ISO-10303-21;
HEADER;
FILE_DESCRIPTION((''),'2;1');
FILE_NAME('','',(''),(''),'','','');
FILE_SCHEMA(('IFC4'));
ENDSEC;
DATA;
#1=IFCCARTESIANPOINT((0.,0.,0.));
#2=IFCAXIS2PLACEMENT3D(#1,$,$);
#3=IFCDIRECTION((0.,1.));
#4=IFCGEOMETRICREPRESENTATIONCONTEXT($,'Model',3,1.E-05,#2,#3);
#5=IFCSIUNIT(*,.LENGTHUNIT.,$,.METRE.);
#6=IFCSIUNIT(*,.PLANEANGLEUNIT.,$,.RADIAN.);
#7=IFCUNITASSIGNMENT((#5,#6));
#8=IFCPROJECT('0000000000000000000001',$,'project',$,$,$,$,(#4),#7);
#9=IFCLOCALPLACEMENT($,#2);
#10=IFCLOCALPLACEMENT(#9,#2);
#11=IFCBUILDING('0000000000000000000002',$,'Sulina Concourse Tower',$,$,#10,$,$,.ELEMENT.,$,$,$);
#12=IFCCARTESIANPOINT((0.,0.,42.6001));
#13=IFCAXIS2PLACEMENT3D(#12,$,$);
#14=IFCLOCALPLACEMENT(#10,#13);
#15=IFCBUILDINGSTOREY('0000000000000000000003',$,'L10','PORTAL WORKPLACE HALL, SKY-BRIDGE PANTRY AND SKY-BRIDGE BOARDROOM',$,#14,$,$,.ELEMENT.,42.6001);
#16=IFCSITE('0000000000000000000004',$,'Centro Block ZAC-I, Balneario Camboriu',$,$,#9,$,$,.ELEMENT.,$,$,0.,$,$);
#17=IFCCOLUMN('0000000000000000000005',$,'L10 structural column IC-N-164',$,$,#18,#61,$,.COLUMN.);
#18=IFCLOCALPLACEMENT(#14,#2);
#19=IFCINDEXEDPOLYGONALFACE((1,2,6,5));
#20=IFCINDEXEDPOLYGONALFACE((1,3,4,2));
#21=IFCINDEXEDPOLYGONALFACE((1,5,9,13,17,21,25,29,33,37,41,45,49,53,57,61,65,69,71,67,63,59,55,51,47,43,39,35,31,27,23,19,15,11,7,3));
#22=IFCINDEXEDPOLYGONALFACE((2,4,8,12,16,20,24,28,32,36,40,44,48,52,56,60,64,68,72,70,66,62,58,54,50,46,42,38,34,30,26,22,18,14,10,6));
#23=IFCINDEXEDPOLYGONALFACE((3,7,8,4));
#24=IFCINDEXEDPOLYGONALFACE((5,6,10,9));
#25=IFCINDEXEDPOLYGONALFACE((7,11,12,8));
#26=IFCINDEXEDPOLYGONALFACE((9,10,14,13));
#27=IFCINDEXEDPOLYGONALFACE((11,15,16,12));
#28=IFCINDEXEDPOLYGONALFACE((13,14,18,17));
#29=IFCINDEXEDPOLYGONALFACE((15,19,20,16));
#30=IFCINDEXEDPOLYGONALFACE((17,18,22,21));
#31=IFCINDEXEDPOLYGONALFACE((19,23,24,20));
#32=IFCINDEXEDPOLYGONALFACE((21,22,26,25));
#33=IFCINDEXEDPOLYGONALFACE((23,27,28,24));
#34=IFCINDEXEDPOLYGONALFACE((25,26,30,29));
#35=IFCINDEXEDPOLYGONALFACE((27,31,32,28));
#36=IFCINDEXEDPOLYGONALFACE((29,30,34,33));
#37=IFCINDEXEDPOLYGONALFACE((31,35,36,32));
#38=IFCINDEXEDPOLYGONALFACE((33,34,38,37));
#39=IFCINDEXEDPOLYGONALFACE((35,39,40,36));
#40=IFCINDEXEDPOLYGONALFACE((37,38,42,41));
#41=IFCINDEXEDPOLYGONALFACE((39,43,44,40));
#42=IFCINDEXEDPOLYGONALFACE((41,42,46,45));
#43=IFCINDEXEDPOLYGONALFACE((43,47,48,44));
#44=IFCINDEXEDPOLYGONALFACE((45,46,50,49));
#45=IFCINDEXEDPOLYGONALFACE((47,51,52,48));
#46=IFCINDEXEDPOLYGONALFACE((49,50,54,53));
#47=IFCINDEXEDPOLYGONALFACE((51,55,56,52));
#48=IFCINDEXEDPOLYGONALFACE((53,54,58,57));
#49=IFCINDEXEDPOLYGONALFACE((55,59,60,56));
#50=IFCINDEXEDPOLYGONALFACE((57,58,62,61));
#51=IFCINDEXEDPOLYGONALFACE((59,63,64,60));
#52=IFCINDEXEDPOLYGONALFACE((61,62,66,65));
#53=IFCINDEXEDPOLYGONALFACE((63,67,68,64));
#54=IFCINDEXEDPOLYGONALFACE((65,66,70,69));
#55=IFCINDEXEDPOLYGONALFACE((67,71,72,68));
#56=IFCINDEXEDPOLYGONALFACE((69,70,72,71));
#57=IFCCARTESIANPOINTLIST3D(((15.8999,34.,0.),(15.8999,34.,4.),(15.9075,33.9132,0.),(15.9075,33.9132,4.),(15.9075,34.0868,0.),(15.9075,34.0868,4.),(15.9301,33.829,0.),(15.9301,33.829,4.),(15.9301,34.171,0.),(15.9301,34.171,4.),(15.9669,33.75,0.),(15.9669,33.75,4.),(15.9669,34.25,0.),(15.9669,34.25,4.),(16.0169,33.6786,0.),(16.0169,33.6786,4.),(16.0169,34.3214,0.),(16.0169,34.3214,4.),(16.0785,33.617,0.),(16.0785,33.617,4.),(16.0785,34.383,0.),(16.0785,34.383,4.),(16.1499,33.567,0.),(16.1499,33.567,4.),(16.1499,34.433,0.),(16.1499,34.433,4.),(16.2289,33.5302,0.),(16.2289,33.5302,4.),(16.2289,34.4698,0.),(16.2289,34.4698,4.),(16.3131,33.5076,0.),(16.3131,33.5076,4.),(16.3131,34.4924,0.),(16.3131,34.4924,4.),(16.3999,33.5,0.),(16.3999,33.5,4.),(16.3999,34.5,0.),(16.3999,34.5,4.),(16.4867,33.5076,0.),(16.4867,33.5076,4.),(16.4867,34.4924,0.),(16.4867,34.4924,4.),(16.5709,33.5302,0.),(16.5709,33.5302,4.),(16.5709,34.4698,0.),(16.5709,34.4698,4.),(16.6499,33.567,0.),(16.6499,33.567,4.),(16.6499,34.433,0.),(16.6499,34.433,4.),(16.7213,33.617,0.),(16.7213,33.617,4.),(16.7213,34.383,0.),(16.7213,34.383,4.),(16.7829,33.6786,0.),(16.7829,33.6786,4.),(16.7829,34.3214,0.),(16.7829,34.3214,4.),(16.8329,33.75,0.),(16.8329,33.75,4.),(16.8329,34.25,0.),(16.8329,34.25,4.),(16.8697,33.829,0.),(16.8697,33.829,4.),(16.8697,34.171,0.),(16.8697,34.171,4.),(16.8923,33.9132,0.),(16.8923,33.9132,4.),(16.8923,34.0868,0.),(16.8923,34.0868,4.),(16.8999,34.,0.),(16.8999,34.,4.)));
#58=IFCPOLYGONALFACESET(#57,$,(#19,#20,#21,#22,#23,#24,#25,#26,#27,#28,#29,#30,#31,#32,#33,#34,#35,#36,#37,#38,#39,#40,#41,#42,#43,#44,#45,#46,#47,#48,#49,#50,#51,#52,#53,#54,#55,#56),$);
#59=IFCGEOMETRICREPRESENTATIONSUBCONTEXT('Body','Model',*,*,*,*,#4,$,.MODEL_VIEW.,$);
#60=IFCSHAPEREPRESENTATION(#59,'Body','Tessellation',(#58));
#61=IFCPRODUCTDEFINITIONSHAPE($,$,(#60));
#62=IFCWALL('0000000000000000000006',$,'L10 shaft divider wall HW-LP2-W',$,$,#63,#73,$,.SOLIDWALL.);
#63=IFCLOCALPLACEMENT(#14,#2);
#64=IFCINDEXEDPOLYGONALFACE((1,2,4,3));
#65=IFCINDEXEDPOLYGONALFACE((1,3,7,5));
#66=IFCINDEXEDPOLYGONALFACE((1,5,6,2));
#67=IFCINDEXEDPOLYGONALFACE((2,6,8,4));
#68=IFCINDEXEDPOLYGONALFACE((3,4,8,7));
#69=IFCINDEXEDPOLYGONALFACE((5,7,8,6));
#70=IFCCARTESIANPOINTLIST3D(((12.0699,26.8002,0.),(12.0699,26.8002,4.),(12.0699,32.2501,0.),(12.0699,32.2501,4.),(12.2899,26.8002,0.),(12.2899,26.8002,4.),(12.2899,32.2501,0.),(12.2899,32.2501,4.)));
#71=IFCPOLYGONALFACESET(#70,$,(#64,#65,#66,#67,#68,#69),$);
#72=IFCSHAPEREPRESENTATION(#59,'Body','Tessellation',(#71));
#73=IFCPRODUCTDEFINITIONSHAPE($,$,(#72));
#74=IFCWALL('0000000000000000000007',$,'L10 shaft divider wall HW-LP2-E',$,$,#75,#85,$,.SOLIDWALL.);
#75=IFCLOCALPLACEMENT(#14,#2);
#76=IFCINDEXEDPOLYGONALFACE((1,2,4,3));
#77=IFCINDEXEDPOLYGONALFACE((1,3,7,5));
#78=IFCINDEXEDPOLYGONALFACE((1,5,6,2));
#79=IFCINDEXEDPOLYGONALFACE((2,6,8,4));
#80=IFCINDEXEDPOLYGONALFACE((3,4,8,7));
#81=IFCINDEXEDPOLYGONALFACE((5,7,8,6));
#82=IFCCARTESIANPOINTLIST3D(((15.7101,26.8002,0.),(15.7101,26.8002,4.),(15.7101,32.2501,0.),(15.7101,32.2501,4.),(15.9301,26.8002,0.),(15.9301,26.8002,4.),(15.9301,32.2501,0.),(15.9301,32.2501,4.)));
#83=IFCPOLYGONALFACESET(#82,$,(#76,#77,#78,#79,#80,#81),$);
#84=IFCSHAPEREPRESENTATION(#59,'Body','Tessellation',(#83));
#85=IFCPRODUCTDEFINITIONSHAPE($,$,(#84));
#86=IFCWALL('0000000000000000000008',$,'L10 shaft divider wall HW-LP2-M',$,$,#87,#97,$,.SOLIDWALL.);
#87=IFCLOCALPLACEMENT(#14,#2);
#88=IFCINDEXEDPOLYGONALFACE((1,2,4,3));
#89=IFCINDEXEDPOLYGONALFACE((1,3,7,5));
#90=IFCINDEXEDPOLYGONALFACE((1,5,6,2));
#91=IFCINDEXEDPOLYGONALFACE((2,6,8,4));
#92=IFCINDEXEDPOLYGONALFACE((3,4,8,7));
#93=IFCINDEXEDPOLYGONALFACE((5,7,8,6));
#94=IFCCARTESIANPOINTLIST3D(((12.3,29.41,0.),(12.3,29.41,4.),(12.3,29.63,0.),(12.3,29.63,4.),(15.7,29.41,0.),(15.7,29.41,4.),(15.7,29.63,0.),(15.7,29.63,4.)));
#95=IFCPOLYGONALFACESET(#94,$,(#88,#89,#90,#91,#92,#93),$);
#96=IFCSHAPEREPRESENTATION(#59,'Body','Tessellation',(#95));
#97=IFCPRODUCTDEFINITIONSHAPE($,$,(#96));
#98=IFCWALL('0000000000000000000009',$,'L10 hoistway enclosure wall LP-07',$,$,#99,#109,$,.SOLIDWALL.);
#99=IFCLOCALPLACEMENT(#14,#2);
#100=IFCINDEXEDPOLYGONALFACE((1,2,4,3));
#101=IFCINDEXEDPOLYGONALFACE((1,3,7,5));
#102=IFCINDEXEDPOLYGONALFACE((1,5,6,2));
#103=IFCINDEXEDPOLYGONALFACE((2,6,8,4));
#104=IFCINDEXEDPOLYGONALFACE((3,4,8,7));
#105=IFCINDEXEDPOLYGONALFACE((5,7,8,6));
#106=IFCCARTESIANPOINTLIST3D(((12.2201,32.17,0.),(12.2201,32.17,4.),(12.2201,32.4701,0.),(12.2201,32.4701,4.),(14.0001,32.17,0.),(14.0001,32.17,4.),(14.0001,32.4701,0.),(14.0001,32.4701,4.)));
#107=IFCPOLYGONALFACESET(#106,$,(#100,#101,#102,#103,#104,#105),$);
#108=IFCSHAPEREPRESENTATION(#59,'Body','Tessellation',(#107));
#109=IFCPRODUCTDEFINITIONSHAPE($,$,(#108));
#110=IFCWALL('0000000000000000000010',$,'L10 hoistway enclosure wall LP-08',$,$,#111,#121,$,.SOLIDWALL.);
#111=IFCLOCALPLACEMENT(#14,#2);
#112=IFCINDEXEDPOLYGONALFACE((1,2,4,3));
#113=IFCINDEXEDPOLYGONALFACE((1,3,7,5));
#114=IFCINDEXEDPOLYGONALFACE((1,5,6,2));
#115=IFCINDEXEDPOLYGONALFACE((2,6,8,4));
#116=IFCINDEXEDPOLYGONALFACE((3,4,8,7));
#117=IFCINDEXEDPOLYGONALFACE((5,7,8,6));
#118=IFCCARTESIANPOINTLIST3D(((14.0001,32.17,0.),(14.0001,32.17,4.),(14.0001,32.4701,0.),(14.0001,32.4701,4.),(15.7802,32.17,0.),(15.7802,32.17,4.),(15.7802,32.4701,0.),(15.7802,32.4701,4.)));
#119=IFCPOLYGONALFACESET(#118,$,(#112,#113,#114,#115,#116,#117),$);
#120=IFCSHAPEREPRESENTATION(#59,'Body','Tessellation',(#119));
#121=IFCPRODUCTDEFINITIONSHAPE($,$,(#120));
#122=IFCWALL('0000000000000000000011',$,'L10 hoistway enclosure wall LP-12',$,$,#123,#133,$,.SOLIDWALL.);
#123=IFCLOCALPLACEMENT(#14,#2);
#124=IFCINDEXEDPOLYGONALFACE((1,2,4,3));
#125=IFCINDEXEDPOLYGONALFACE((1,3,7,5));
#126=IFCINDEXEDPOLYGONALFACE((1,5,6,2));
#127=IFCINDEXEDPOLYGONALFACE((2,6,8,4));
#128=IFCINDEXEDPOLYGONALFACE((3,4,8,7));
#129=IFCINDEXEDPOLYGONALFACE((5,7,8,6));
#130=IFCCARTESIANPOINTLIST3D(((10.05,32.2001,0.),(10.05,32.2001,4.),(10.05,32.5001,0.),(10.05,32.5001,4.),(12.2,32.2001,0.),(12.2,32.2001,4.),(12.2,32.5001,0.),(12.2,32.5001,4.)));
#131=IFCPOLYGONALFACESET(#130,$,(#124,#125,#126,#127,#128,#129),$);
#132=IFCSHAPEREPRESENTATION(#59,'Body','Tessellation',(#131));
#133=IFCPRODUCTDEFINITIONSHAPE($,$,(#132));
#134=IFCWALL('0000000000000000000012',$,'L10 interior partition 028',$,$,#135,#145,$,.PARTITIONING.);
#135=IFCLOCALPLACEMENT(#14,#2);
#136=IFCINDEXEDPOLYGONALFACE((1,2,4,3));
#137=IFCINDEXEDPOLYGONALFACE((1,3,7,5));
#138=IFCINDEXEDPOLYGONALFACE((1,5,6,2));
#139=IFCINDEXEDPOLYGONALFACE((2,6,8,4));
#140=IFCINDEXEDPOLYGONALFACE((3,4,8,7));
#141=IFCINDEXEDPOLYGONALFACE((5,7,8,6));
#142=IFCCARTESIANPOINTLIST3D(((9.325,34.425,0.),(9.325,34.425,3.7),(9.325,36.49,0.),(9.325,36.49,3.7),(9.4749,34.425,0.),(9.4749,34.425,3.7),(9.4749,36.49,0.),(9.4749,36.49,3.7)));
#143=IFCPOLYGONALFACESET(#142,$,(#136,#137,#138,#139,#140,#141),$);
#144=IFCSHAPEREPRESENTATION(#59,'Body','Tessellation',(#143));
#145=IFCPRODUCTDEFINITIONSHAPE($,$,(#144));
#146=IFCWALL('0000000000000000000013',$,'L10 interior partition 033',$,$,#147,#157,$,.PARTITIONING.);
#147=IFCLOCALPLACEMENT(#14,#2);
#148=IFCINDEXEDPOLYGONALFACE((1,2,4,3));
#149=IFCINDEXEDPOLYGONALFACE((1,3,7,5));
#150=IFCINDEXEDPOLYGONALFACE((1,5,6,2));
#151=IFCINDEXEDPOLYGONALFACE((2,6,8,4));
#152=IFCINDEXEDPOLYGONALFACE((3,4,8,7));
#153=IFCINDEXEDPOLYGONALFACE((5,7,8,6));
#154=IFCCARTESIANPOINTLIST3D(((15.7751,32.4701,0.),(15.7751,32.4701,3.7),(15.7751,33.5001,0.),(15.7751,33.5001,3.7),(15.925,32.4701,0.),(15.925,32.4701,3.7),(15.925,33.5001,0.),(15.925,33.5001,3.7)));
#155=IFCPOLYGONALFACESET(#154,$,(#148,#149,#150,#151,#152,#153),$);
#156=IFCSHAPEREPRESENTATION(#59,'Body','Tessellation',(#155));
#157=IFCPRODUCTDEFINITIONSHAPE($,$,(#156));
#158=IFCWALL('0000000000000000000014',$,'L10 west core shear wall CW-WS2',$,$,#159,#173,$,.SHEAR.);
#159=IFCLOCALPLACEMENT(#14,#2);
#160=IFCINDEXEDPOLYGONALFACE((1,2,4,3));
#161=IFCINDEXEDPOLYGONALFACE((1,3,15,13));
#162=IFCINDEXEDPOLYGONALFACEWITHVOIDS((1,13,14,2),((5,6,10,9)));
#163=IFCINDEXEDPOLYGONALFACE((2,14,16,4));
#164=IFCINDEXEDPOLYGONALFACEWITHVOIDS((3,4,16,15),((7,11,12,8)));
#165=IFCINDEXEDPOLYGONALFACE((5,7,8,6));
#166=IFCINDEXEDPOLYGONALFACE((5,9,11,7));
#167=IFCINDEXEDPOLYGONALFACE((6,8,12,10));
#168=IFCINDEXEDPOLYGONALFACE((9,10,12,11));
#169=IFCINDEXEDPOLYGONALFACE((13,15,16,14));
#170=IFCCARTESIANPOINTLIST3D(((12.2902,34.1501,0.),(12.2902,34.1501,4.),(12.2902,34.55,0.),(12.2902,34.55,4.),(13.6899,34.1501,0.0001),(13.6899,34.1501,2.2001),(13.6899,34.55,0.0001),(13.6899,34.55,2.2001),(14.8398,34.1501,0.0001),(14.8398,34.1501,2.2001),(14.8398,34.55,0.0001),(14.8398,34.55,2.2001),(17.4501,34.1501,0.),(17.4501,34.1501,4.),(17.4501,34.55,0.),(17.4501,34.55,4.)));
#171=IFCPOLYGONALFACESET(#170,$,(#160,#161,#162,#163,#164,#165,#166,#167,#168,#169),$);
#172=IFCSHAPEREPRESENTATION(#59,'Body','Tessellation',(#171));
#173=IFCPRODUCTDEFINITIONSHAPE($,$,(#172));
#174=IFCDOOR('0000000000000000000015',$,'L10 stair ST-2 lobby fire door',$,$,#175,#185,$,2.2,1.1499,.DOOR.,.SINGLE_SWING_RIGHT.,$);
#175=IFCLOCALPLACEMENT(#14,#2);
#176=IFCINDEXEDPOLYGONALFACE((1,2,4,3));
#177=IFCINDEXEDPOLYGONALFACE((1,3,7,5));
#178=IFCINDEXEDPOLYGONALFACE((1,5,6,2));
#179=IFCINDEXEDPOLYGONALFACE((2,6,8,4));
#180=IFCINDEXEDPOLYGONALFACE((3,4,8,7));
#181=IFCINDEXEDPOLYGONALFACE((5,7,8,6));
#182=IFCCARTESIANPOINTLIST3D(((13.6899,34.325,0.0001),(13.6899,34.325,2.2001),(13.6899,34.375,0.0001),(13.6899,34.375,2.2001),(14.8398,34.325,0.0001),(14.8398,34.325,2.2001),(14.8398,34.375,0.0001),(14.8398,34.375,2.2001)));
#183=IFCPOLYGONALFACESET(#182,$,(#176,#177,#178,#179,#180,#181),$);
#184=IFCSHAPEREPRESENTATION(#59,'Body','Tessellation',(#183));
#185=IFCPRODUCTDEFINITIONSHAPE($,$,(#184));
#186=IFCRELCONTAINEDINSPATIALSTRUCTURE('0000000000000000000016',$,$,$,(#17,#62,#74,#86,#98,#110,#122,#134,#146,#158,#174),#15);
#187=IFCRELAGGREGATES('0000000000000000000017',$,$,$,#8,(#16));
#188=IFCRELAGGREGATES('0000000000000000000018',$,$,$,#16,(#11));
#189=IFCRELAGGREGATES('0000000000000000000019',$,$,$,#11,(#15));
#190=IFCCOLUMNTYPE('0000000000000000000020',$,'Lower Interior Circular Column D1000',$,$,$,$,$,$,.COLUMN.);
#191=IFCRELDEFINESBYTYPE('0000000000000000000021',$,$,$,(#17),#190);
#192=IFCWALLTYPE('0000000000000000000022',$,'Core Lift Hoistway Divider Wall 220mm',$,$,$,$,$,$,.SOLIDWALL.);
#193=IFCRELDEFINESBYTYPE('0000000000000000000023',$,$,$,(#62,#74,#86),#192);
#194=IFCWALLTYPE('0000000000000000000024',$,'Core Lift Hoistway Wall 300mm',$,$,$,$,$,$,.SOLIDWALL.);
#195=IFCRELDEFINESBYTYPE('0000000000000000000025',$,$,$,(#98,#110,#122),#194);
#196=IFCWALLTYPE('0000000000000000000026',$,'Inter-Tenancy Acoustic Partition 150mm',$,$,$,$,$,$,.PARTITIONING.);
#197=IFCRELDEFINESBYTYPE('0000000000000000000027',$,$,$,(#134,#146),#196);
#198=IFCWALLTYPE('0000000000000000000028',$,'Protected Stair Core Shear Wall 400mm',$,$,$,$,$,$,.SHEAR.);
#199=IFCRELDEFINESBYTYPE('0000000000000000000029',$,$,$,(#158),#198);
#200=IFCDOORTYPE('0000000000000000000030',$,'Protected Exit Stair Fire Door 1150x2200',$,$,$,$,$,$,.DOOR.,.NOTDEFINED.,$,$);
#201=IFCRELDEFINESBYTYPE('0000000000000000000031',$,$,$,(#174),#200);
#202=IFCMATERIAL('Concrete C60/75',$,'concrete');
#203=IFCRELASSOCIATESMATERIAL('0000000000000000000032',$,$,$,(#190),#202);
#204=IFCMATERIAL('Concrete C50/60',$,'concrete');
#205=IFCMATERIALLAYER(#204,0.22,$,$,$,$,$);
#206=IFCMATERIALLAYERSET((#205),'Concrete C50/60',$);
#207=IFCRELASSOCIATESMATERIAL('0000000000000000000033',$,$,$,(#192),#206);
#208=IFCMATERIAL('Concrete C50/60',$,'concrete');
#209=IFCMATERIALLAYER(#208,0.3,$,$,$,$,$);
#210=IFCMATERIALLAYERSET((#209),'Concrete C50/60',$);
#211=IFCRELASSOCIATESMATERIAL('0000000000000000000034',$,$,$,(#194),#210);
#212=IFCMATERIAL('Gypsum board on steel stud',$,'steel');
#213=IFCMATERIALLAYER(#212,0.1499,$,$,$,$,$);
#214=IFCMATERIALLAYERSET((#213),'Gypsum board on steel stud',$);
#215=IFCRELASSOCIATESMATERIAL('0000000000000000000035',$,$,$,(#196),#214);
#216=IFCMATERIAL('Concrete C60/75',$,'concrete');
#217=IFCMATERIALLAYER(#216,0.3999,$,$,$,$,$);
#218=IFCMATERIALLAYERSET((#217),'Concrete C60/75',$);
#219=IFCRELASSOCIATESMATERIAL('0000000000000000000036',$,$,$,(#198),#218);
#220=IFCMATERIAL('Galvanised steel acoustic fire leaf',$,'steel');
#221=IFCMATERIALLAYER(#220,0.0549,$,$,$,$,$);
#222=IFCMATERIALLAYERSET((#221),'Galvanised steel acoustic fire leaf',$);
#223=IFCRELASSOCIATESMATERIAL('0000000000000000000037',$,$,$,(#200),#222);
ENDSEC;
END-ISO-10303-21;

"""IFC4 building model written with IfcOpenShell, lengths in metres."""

from ifc_helpers import new_model, si_unit, direction, frame, frame_2d, origin, origin_2d, place, context, subcontext, project, spatial, rectangle, circle, extrude, material, layer, layer_set, material_profile, profile_set, type_object, element, fill, save


model = new_model("IFC4")

# Units and contexts
model_context = context("Model", 3, precision=1e-05, world=origin(), true_north=direction((0.0, 1.0)))
body_context = subcontext(model_context, "Body", "Model", "MODEL_VIEW")
ifc_project = project(units=[si_unit("LENGTHUNIT", "METRE"), si_unit("PLANEANGLEUNIT", "RADIAN")], contexts=[model_context])

# Site, building, storey
site_placement = place(None, origin())
site = spatial("IfcSite", under=ifc_project, at=site_placement, Name="Centro Block ZAC-I, Balneario Camboriu", CompositionType="ELEMENT", RefElevation=0.0)
building_placement = place(site_placement, origin())
building = spatial("IfcBuilding", under=site, at=building_placement, Name="Sulina Concourse Tower", CompositionType="ELEMENT")
storey_placement = place(building_placement, frame((0.0, 0.0, 42.6001)))
storey = spatial("IfcBuildingStorey", under=building, at=storey_placement, Name="L10", Description="PORTAL WORKPLACE HALL, SKY-BRIDGE PANTRY AND SKY-BRIDGE BOARDROOM", CompositionType="ELEMENT", Elevation=42.6001)

# Column
ifc_material_1 = material(Name="Concrete C60/75", Category="concrete")
ifc_material_profile = material_profile(ifc_material_1, circle(Radius=0.5, at=origin_2d()), Name="RC D1000")
ifc_profile_set = profile_set([ifc_material_profile], Name="Concrete C60/75")
column_type = type_object("IfcColumnType", Name="Lower Interior Circular Column D1000", PredefinedType="COLUMN", material=ifc_profile_set)
column_placement = place(storey_placement, frame((16.3999, 34.0, 0.0), z_axis=(0.0, 0.0, 1.0), x_axis=(1.0, 0.0, 0.0)))
element("IfcColumn", 1, at=column_placement, inside=storey, type_object=column_type, Name="L10 structural column IC-N-164", PredefinedType="COLUMN", context=body_context, shape_type="SweptSolid", body=[
    extrude(circle(Radius=0.5, at=origin_2d()), origin(), (0.0, 0.0, 1.0), 4.0),
])

# Walls
ifc_material_2 = material(Name="Concrete C50/60", Category="concrete")
ifc_layer_1 = layer(ifc_material_2, 0.22)
ifc_layer_set_1 = layer_set([ifc_layer_1], Name="Concrete C50/60")
wall_type_1 = type_object("IfcWallType", Name="Core Lift Hoistway Divider Wall 220mm", PredefinedType="SOLIDWALL", material=ifc_layer_set_1)
for number, where, z_axis, x_axis, name in (
    (2, (12.1799, 26.8, 0.0), (0.0, 0.0, 1.0), (0.0, 1.0, 0.0), "L10 shaft divider wall HW-LP2-W"),
    (3, (15.8201, 26.8, 0.0), (0.0, 0.0, 1.0), (0.0, 1.0, 0.0), "L10 shaft divider wall HW-LP2-E"),
):
    element("IfcWall", number, at=place(storey_placement, frame(where, z_axis=z_axis, x_axis=x_axis)), inside=storey, type_object=wall_type_1, Name=name, PredefinedType="SOLIDWALL", context=body_context, shape_type="SweptSolid", body=[
        extrude(rectangle(XDim=5.45, YDim=0.22, at=frame_2d((2.7251, 0.0))), origin(), (0.0, 0.0, 1.0), 4.0),
    ])
wall_1_placement = place(storey_placement, frame((12.3, 29.52, 0.0), z_axis=(0.0, 0.0, 1.0), x_axis=(1.0, 0.0, 0.0)))
element("IfcWall", 4, at=wall_1_placement, inside=storey, type_object=wall_type_1, Name="L10 shaft divider wall HW-LP2-M", PredefinedType="SOLIDWALL", context=body_context, shape_type="SweptSolid", body=[
    extrude(rectangle(XDim=3.3999, YDim=0.22, at=frame_2d((1.7, 0.0))), origin(), (0.0, 0.0, 1.0), 4.0),
])
ifc_material_3 = material(Name="Concrete C50/60", Category="concrete")
ifc_layer_2 = layer(ifc_material_3, 0.3)
ifc_layer_set_2 = layer_set([ifc_layer_2], Name="Concrete C50/60")
wall_type_2 = type_object("IfcWallType", Name="Core Lift Hoistway Wall 300mm", PredefinedType="SOLIDWALL", material=ifc_layer_set_2)
for number, where, z_axis, x_axis, name in (
    (5, (12.22, 32.3201, 0.0), (0.0, 0.0, 1.0), (1.0, 0.0, 0.0), "L10 hoistway enclosure wall LP-07"),
    (6, (14.0, 32.3201, 0.0), (0.0, 0.0, 1.0), (1.0, 0.0, 0.0), "L10 hoistway enclosure wall LP-08"),
):
    element("IfcWall", number, at=place(storey_placement, frame(where, z_axis=z_axis, x_axis=x_axis)), inside=storey, type_object=wall_type_2, Name=name, PredefinedType="SOLIDWALL", context=body_context, shape_type="SweptSolid", body=[
        extrude(rectangle(XDim=1.78, YDim=0.3, at=frame_2d((0.8901, 0.0))), origin(), (0.0, 0.0, 1.0), 4.0),
    ])
wall_2_placement = place(storey_placement, frame((10.05, 32.3501, 0.0), z_axis=(0.0, 0.0, 1.0), x_axis=(1.0, 0.0, 0.0)))
element("IfcWall", 7, at=wall_2_placement, inside=storey, type_object=wall_type_2, Name="L10 hoistway enclosure wall LP-12", PredefinedType="SOLIDWALL", context=body_context, shape_type="SweptSolid", body=[
    extrude(rectangle(XDim=2.1499, YDim=0.3, at=frame_2d((1.075, 0.0))), origin(), (0.0, 0.0, 1.0), 4.0),
])
ifc_material_4 = material(Name="Gypsum board on steel stud", Category="steel")
ifc_layer_3 = layer(ifc_material_4, 0.1499)
ifc_layer_set_3 = layer_set([ifc_layer_3], Name="Gypsum board on steel stud")
wall_type_3 = type_object("IfcWallType", Name="Inter-Tenancy Acoustic Partition 150mm", PredefinedType="PARTITIONING", material=ifc_layer_set_3)
wall_3_placement = place(storey_placement, frame((9.3999, 34.425, 0.0), z_axis=(0.0, 0.0, 1.0), x_axis=(0.0, 1.0, 0.0)))
element("IfcWall", 8, at=wall_3_placement, inside=storey, type_object=wall_type_3, Name="L10 interior partition 028", PredefinedType="PARTITIONING", context=body_context, shape_type="SweptSolid", body=[
    extrude(rectangle(XDim=2.0649, YDim=0.1499, at=frame_2d((1.0325, 0.0))), origin(), (0.0, 0.0, 1.0), 3.7),
])
wall_4_placement = place(storey_placement, frame((15.8501, 32.47, 0.0), z_axis=(0.0, 0.0, 1.0), x_axis=(0.0, 1.0, 0.0)))
element("IfcWall", 9, at=wall_4_placement, inside=storey, type_object=wall_type_3, Name="L10 interior partition 033", PredefinedType="PARTITIONING", context=body_context, shape_type="SweptSolid", body=[
    extrude(rectangle(XDim=1.03, YDim=0.1499, at=frame_2d((0.5151, 0.0))), origin(), (0.0, 0.0, 1.0), 3.7),
])

# Wall, opening, door
ifc_material_5 = material(Name="Concrete C60/75", Category="concrete")
ifc_layer_4 = layer(ifc_material_5, 0.3999)
ifc_layer_set_4 = layer_set([ifc_layer_4], Name="Concrete C60/75")
wall_type_4 = type_object("IfcWallType", Name="Protected Stair Core Shear Wall 400mm", PredefinedType="SHEAR", material=ifc_layer_set_4)
wall_5_placement = place(storey_placement, frame((12.29, 34.3501, 0.0), z_axis=(0.0, 0.0, 1.0), x_axis=(1.0, 0.0, 0.0)))
wall_5 = element("IfcWall", 10, at=wall_5_placement, inside=storey, type_object=wall_type_4, Name="L10 west core shear wall CW-WS2", PredefinedType="SHEAR", context=body_context, shape_type="SweptSolid", body=[
    extrude(rectangle(XDim=5.1599, YDim=0.3999, at=frame_2d((2.5801, 0.0))), origin(), (0.0, 0.0, 1.0), 4.0),
])
opening_1_placement = place(wall_5_placement, frame((1.3999, 0.0, 0.0)))
opening_1 = element("IfcOpeningElement", 11, at=opening_1_placement, cuts=wall_5, PredefinedType="OPENING", context=body_context, shape_type="SweptSolid", body=[
    extrude(rectangle(XDim=1.1499, YDim=2.2, at=frame_2d((0.575, 1.1001))), frame((0.0, 0.21, 0.0), z_axis=(0.0, -1.0, 0.0), x_axis=(1.0, 0.0, 0.0)), (0.0, 0.0, 1.0), 0.4199),
])
ifc_material_6 = material(Name="Galvanised steel acoustic fire leaf", Category="steel")
ifc_layer_5 = layer(ifc_material_6, 0.0549)
ifc_layer_set_5 = layer_set([ifc_layer_5], Name="Galvanised steel acoustic fire leaf")
door_type_1 = type_object("IfcDoorType", Name="Protected Exit Stair Fire Door 1150x2200", OperationType="NOTDEFINED", PredefinedType="DOOR", material=ifc_layer_set_5)
door_1_placement = place(opening_1_placement, origin())
door_1 = element("IfcDoor", 12, at=door_1_placement, inside=storey, type_object=door_type_1, Name="L10 stair ST-2 lobby fire door", OperationType="SINGLE_SWING_RIGHT", OverallHeight=2.2, OverallWidth=1.1499, PredefinedType="DOOR", context=body_context, shape_type="SweptSolid", body=[
    extrude(rectangle(XDim=1.1499, YDim=2.2, at=frame_2d((0.575, 1.1001))), frame((0.0, 0.0249, 0.0), z_axis=(0.0, -1.0, 0.0), x_axis=(1.0, 0.0, 0.0)), (0.0, 0.0, 1.0), 0.05),
])
fill(opening_1, door_1)

save(model, "model.ifc")
